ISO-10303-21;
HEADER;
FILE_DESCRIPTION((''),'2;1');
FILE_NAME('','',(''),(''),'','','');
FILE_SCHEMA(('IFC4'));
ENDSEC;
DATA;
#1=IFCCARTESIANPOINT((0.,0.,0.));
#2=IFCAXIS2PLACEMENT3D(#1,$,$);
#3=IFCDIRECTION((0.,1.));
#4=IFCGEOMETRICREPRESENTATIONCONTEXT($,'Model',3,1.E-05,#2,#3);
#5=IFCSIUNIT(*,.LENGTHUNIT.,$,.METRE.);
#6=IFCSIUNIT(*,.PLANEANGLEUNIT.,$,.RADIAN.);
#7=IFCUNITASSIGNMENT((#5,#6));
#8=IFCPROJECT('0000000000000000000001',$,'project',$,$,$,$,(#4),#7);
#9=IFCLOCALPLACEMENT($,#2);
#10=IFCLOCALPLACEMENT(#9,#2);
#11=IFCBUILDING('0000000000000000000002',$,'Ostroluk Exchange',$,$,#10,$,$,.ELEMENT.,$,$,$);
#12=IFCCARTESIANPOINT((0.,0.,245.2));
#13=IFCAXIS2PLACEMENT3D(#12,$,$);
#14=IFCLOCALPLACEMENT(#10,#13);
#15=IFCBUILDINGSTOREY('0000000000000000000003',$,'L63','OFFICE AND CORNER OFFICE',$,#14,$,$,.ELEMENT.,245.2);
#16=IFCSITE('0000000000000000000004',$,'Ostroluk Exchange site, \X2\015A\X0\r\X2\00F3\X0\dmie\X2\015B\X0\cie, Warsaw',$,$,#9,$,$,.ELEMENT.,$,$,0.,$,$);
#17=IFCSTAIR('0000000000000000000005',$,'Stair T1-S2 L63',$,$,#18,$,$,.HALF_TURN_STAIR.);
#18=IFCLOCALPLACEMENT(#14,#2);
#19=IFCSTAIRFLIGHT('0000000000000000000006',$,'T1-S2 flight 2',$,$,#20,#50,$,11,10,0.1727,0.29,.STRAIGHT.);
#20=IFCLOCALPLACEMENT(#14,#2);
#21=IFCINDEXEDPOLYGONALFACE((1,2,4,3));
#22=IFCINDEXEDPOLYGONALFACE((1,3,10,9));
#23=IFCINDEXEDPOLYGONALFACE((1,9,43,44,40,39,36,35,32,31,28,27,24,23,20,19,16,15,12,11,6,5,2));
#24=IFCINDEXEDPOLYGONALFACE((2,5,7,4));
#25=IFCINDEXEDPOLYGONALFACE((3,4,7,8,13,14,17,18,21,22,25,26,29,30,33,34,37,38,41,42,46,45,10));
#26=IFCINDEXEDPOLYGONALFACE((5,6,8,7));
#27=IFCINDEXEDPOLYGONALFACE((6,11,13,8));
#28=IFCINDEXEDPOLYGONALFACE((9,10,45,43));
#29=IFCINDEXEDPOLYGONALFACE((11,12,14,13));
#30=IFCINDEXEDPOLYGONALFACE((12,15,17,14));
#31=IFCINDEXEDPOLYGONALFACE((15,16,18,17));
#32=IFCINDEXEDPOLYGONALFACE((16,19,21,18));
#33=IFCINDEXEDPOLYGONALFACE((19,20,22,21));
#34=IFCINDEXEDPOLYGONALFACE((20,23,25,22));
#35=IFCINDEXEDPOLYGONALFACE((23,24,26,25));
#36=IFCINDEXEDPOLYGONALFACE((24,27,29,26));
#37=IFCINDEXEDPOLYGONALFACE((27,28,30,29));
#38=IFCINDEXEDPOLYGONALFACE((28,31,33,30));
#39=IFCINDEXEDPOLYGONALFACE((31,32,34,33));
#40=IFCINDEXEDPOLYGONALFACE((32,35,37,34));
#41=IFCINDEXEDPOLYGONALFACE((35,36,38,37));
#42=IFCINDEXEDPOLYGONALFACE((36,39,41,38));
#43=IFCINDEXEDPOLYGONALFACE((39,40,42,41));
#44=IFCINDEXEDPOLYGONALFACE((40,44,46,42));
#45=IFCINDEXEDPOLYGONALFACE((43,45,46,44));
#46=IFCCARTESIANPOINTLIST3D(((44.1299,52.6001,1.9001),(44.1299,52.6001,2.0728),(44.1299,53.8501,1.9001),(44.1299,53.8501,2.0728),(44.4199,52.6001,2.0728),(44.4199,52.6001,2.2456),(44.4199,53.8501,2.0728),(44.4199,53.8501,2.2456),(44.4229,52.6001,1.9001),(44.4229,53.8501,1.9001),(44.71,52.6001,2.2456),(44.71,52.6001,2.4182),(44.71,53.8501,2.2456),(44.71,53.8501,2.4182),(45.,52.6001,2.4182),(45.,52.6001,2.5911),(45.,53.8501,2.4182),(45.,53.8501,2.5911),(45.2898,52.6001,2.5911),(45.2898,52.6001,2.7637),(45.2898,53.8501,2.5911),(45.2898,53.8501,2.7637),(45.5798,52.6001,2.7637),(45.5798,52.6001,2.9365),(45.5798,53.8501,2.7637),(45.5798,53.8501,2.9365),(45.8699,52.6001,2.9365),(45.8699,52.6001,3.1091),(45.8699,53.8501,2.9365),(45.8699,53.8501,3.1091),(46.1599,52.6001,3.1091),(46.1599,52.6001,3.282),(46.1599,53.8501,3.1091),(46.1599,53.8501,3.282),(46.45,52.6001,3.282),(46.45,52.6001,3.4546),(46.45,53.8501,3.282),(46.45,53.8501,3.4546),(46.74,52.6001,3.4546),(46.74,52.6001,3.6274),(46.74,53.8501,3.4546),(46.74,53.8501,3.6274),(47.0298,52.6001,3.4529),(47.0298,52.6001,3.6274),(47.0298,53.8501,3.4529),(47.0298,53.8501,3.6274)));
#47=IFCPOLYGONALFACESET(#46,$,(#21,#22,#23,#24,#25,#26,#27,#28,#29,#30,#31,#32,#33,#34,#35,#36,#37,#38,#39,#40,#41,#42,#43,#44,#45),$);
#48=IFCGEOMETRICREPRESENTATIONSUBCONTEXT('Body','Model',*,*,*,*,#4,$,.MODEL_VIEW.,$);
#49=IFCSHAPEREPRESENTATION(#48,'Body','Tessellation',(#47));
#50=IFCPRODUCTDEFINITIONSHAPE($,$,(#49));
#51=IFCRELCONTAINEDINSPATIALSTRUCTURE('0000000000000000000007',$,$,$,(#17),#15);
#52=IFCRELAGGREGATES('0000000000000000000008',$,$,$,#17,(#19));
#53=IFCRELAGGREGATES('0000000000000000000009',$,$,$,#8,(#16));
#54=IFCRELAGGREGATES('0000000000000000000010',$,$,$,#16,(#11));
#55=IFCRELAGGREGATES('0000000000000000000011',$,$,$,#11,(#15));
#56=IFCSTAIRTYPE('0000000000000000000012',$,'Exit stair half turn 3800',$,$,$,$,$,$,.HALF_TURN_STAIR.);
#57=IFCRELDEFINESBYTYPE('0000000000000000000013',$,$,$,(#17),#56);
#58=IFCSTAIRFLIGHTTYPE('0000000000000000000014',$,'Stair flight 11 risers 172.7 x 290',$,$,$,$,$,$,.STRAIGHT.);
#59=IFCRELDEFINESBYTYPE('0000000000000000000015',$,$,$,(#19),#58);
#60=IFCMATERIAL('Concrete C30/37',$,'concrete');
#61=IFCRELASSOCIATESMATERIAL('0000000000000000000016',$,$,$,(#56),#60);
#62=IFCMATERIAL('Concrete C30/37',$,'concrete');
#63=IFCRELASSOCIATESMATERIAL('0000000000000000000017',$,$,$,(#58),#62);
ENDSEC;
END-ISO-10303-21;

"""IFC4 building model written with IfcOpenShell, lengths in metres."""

from ifc_helpers import new_model, si_unit, direction, frame, origin, place, context, subcontext, project, spatial, polyline, outline, extrude, material, type_object, element, aggregate, save


model = new_model("IFC4")

# Units and contexts
model_context = context("Model", 3, precision=1e-05, world=origin(), true_north=direction((0.0, 1.0)))
body_context = subcontext(model_context, "Body", "Model", "MODEL_VIEW")
ifc_project = project(units=[si_unit("LENGTHUNIT", "METRE"), si_unit("PLANEANGLEUNIT", "RADIAN")], contexts=[model_context])

# Site, building, storey
site_placement = place(None, origin())
site = spatial("IfcSite", under=ifc_project, at=site_placement, Name="Ostroluk Exchange site, Śródmieście, Warsaw", CompositionType="ELEMENT", RefElevation=0.0)
building_placement = place(site_placement, origin())
building = spatial("IfcBuilding", under=site, at=building_placement, Name="Ostroluk Exchange", CompositionType="ELEMENT")
storey_placement = place(building_placement, frame((0.0, 0.0, 245.2)))
storey = spatial("IfcBuildingStorey", under=building, at=storey_placement, Name="L63", Description="OFFICE AND CORNER OFFICE", CompositionType="ELEMENT", Elevation=245.2)

# Stair, stair flight
ifc_material_1 = material(Name="Concrete C30/37", Category="concrete")
stair_type = type_object("IfcStairType", Name="Exit stair half turn 3800", PredefinedType="HALF_TURN_STAIR", material=ifc_material_1)
stair_placement = place(storey_placement, origin())
stair = element("IfcStair", 1, at=stair_placement, inside=storey, type_object=stair_type, Name="Stair T1-S2 L63", PredefinedType="HALF_TURN_STAIR")
ifc_material_2 = material(Name="Concrete C30/37", Category="concrete")
stair_flight_type = type_object("IfcStairFlightType", Name="Stair flight 11 risers 172.7 x 290", PredefinedType="STRAIGHT", material=ifc_material_2)
stair_flight_placement = place(storey_placement, frame((44.1299, 53.2251, 1.9001), z_axis=(0.0, 0.0, 1.0), x_axis=(1.0, 0.0, 0.0)))
stair_flight = element("IfcStairFlight", 2, at=stair_flight_placement, type_object=stair_flight_type, Name="T1-S2 flight 2", NumberOfRisers=11, NumberOfTreads=10, PredefinedType="STRAIGHT", RiserHeight=0.1727, TreadLength=0.29, context=body_context, shape_type="SweptSolid", body=[
    extrude(outline(polyline([(0.0, 0.0), (0.0, 0.1726), (0.29, 0.1726), (0.29, 0.3455), (0.5801, 0.3455), (0.5801, 0.5181), (0.8701, 0.5181), (0.8701, 0.6909), (1.1599, 0.6909), (1.1599, 0.8635), (1.45, 0.8635), (1.45, 1.0364), (1.74, 1.0364), (1.74, 1.209), (2.03, 1.209), (2.03, 1.3818), (2.3201, 1.3818), (2.3201, 1.5544), (2.6101, 1.5544), (2.6101, 1.7273), (2.8999, 1.7273), (2.8999, 1.8999), (2.8999, 1.5527), (0.293, 0.0), (0.0, 0.0)])), frame((0.0, 0.625, 0.0), z_axis=(0.0, -1.0, 0.0), x_axis=(1.0, 0.0, 0.0)), (0.0, 0.0, 1.0), 1.25),
])
aggregate(stair, [stair_flight])

save(model, "model.ifc")
